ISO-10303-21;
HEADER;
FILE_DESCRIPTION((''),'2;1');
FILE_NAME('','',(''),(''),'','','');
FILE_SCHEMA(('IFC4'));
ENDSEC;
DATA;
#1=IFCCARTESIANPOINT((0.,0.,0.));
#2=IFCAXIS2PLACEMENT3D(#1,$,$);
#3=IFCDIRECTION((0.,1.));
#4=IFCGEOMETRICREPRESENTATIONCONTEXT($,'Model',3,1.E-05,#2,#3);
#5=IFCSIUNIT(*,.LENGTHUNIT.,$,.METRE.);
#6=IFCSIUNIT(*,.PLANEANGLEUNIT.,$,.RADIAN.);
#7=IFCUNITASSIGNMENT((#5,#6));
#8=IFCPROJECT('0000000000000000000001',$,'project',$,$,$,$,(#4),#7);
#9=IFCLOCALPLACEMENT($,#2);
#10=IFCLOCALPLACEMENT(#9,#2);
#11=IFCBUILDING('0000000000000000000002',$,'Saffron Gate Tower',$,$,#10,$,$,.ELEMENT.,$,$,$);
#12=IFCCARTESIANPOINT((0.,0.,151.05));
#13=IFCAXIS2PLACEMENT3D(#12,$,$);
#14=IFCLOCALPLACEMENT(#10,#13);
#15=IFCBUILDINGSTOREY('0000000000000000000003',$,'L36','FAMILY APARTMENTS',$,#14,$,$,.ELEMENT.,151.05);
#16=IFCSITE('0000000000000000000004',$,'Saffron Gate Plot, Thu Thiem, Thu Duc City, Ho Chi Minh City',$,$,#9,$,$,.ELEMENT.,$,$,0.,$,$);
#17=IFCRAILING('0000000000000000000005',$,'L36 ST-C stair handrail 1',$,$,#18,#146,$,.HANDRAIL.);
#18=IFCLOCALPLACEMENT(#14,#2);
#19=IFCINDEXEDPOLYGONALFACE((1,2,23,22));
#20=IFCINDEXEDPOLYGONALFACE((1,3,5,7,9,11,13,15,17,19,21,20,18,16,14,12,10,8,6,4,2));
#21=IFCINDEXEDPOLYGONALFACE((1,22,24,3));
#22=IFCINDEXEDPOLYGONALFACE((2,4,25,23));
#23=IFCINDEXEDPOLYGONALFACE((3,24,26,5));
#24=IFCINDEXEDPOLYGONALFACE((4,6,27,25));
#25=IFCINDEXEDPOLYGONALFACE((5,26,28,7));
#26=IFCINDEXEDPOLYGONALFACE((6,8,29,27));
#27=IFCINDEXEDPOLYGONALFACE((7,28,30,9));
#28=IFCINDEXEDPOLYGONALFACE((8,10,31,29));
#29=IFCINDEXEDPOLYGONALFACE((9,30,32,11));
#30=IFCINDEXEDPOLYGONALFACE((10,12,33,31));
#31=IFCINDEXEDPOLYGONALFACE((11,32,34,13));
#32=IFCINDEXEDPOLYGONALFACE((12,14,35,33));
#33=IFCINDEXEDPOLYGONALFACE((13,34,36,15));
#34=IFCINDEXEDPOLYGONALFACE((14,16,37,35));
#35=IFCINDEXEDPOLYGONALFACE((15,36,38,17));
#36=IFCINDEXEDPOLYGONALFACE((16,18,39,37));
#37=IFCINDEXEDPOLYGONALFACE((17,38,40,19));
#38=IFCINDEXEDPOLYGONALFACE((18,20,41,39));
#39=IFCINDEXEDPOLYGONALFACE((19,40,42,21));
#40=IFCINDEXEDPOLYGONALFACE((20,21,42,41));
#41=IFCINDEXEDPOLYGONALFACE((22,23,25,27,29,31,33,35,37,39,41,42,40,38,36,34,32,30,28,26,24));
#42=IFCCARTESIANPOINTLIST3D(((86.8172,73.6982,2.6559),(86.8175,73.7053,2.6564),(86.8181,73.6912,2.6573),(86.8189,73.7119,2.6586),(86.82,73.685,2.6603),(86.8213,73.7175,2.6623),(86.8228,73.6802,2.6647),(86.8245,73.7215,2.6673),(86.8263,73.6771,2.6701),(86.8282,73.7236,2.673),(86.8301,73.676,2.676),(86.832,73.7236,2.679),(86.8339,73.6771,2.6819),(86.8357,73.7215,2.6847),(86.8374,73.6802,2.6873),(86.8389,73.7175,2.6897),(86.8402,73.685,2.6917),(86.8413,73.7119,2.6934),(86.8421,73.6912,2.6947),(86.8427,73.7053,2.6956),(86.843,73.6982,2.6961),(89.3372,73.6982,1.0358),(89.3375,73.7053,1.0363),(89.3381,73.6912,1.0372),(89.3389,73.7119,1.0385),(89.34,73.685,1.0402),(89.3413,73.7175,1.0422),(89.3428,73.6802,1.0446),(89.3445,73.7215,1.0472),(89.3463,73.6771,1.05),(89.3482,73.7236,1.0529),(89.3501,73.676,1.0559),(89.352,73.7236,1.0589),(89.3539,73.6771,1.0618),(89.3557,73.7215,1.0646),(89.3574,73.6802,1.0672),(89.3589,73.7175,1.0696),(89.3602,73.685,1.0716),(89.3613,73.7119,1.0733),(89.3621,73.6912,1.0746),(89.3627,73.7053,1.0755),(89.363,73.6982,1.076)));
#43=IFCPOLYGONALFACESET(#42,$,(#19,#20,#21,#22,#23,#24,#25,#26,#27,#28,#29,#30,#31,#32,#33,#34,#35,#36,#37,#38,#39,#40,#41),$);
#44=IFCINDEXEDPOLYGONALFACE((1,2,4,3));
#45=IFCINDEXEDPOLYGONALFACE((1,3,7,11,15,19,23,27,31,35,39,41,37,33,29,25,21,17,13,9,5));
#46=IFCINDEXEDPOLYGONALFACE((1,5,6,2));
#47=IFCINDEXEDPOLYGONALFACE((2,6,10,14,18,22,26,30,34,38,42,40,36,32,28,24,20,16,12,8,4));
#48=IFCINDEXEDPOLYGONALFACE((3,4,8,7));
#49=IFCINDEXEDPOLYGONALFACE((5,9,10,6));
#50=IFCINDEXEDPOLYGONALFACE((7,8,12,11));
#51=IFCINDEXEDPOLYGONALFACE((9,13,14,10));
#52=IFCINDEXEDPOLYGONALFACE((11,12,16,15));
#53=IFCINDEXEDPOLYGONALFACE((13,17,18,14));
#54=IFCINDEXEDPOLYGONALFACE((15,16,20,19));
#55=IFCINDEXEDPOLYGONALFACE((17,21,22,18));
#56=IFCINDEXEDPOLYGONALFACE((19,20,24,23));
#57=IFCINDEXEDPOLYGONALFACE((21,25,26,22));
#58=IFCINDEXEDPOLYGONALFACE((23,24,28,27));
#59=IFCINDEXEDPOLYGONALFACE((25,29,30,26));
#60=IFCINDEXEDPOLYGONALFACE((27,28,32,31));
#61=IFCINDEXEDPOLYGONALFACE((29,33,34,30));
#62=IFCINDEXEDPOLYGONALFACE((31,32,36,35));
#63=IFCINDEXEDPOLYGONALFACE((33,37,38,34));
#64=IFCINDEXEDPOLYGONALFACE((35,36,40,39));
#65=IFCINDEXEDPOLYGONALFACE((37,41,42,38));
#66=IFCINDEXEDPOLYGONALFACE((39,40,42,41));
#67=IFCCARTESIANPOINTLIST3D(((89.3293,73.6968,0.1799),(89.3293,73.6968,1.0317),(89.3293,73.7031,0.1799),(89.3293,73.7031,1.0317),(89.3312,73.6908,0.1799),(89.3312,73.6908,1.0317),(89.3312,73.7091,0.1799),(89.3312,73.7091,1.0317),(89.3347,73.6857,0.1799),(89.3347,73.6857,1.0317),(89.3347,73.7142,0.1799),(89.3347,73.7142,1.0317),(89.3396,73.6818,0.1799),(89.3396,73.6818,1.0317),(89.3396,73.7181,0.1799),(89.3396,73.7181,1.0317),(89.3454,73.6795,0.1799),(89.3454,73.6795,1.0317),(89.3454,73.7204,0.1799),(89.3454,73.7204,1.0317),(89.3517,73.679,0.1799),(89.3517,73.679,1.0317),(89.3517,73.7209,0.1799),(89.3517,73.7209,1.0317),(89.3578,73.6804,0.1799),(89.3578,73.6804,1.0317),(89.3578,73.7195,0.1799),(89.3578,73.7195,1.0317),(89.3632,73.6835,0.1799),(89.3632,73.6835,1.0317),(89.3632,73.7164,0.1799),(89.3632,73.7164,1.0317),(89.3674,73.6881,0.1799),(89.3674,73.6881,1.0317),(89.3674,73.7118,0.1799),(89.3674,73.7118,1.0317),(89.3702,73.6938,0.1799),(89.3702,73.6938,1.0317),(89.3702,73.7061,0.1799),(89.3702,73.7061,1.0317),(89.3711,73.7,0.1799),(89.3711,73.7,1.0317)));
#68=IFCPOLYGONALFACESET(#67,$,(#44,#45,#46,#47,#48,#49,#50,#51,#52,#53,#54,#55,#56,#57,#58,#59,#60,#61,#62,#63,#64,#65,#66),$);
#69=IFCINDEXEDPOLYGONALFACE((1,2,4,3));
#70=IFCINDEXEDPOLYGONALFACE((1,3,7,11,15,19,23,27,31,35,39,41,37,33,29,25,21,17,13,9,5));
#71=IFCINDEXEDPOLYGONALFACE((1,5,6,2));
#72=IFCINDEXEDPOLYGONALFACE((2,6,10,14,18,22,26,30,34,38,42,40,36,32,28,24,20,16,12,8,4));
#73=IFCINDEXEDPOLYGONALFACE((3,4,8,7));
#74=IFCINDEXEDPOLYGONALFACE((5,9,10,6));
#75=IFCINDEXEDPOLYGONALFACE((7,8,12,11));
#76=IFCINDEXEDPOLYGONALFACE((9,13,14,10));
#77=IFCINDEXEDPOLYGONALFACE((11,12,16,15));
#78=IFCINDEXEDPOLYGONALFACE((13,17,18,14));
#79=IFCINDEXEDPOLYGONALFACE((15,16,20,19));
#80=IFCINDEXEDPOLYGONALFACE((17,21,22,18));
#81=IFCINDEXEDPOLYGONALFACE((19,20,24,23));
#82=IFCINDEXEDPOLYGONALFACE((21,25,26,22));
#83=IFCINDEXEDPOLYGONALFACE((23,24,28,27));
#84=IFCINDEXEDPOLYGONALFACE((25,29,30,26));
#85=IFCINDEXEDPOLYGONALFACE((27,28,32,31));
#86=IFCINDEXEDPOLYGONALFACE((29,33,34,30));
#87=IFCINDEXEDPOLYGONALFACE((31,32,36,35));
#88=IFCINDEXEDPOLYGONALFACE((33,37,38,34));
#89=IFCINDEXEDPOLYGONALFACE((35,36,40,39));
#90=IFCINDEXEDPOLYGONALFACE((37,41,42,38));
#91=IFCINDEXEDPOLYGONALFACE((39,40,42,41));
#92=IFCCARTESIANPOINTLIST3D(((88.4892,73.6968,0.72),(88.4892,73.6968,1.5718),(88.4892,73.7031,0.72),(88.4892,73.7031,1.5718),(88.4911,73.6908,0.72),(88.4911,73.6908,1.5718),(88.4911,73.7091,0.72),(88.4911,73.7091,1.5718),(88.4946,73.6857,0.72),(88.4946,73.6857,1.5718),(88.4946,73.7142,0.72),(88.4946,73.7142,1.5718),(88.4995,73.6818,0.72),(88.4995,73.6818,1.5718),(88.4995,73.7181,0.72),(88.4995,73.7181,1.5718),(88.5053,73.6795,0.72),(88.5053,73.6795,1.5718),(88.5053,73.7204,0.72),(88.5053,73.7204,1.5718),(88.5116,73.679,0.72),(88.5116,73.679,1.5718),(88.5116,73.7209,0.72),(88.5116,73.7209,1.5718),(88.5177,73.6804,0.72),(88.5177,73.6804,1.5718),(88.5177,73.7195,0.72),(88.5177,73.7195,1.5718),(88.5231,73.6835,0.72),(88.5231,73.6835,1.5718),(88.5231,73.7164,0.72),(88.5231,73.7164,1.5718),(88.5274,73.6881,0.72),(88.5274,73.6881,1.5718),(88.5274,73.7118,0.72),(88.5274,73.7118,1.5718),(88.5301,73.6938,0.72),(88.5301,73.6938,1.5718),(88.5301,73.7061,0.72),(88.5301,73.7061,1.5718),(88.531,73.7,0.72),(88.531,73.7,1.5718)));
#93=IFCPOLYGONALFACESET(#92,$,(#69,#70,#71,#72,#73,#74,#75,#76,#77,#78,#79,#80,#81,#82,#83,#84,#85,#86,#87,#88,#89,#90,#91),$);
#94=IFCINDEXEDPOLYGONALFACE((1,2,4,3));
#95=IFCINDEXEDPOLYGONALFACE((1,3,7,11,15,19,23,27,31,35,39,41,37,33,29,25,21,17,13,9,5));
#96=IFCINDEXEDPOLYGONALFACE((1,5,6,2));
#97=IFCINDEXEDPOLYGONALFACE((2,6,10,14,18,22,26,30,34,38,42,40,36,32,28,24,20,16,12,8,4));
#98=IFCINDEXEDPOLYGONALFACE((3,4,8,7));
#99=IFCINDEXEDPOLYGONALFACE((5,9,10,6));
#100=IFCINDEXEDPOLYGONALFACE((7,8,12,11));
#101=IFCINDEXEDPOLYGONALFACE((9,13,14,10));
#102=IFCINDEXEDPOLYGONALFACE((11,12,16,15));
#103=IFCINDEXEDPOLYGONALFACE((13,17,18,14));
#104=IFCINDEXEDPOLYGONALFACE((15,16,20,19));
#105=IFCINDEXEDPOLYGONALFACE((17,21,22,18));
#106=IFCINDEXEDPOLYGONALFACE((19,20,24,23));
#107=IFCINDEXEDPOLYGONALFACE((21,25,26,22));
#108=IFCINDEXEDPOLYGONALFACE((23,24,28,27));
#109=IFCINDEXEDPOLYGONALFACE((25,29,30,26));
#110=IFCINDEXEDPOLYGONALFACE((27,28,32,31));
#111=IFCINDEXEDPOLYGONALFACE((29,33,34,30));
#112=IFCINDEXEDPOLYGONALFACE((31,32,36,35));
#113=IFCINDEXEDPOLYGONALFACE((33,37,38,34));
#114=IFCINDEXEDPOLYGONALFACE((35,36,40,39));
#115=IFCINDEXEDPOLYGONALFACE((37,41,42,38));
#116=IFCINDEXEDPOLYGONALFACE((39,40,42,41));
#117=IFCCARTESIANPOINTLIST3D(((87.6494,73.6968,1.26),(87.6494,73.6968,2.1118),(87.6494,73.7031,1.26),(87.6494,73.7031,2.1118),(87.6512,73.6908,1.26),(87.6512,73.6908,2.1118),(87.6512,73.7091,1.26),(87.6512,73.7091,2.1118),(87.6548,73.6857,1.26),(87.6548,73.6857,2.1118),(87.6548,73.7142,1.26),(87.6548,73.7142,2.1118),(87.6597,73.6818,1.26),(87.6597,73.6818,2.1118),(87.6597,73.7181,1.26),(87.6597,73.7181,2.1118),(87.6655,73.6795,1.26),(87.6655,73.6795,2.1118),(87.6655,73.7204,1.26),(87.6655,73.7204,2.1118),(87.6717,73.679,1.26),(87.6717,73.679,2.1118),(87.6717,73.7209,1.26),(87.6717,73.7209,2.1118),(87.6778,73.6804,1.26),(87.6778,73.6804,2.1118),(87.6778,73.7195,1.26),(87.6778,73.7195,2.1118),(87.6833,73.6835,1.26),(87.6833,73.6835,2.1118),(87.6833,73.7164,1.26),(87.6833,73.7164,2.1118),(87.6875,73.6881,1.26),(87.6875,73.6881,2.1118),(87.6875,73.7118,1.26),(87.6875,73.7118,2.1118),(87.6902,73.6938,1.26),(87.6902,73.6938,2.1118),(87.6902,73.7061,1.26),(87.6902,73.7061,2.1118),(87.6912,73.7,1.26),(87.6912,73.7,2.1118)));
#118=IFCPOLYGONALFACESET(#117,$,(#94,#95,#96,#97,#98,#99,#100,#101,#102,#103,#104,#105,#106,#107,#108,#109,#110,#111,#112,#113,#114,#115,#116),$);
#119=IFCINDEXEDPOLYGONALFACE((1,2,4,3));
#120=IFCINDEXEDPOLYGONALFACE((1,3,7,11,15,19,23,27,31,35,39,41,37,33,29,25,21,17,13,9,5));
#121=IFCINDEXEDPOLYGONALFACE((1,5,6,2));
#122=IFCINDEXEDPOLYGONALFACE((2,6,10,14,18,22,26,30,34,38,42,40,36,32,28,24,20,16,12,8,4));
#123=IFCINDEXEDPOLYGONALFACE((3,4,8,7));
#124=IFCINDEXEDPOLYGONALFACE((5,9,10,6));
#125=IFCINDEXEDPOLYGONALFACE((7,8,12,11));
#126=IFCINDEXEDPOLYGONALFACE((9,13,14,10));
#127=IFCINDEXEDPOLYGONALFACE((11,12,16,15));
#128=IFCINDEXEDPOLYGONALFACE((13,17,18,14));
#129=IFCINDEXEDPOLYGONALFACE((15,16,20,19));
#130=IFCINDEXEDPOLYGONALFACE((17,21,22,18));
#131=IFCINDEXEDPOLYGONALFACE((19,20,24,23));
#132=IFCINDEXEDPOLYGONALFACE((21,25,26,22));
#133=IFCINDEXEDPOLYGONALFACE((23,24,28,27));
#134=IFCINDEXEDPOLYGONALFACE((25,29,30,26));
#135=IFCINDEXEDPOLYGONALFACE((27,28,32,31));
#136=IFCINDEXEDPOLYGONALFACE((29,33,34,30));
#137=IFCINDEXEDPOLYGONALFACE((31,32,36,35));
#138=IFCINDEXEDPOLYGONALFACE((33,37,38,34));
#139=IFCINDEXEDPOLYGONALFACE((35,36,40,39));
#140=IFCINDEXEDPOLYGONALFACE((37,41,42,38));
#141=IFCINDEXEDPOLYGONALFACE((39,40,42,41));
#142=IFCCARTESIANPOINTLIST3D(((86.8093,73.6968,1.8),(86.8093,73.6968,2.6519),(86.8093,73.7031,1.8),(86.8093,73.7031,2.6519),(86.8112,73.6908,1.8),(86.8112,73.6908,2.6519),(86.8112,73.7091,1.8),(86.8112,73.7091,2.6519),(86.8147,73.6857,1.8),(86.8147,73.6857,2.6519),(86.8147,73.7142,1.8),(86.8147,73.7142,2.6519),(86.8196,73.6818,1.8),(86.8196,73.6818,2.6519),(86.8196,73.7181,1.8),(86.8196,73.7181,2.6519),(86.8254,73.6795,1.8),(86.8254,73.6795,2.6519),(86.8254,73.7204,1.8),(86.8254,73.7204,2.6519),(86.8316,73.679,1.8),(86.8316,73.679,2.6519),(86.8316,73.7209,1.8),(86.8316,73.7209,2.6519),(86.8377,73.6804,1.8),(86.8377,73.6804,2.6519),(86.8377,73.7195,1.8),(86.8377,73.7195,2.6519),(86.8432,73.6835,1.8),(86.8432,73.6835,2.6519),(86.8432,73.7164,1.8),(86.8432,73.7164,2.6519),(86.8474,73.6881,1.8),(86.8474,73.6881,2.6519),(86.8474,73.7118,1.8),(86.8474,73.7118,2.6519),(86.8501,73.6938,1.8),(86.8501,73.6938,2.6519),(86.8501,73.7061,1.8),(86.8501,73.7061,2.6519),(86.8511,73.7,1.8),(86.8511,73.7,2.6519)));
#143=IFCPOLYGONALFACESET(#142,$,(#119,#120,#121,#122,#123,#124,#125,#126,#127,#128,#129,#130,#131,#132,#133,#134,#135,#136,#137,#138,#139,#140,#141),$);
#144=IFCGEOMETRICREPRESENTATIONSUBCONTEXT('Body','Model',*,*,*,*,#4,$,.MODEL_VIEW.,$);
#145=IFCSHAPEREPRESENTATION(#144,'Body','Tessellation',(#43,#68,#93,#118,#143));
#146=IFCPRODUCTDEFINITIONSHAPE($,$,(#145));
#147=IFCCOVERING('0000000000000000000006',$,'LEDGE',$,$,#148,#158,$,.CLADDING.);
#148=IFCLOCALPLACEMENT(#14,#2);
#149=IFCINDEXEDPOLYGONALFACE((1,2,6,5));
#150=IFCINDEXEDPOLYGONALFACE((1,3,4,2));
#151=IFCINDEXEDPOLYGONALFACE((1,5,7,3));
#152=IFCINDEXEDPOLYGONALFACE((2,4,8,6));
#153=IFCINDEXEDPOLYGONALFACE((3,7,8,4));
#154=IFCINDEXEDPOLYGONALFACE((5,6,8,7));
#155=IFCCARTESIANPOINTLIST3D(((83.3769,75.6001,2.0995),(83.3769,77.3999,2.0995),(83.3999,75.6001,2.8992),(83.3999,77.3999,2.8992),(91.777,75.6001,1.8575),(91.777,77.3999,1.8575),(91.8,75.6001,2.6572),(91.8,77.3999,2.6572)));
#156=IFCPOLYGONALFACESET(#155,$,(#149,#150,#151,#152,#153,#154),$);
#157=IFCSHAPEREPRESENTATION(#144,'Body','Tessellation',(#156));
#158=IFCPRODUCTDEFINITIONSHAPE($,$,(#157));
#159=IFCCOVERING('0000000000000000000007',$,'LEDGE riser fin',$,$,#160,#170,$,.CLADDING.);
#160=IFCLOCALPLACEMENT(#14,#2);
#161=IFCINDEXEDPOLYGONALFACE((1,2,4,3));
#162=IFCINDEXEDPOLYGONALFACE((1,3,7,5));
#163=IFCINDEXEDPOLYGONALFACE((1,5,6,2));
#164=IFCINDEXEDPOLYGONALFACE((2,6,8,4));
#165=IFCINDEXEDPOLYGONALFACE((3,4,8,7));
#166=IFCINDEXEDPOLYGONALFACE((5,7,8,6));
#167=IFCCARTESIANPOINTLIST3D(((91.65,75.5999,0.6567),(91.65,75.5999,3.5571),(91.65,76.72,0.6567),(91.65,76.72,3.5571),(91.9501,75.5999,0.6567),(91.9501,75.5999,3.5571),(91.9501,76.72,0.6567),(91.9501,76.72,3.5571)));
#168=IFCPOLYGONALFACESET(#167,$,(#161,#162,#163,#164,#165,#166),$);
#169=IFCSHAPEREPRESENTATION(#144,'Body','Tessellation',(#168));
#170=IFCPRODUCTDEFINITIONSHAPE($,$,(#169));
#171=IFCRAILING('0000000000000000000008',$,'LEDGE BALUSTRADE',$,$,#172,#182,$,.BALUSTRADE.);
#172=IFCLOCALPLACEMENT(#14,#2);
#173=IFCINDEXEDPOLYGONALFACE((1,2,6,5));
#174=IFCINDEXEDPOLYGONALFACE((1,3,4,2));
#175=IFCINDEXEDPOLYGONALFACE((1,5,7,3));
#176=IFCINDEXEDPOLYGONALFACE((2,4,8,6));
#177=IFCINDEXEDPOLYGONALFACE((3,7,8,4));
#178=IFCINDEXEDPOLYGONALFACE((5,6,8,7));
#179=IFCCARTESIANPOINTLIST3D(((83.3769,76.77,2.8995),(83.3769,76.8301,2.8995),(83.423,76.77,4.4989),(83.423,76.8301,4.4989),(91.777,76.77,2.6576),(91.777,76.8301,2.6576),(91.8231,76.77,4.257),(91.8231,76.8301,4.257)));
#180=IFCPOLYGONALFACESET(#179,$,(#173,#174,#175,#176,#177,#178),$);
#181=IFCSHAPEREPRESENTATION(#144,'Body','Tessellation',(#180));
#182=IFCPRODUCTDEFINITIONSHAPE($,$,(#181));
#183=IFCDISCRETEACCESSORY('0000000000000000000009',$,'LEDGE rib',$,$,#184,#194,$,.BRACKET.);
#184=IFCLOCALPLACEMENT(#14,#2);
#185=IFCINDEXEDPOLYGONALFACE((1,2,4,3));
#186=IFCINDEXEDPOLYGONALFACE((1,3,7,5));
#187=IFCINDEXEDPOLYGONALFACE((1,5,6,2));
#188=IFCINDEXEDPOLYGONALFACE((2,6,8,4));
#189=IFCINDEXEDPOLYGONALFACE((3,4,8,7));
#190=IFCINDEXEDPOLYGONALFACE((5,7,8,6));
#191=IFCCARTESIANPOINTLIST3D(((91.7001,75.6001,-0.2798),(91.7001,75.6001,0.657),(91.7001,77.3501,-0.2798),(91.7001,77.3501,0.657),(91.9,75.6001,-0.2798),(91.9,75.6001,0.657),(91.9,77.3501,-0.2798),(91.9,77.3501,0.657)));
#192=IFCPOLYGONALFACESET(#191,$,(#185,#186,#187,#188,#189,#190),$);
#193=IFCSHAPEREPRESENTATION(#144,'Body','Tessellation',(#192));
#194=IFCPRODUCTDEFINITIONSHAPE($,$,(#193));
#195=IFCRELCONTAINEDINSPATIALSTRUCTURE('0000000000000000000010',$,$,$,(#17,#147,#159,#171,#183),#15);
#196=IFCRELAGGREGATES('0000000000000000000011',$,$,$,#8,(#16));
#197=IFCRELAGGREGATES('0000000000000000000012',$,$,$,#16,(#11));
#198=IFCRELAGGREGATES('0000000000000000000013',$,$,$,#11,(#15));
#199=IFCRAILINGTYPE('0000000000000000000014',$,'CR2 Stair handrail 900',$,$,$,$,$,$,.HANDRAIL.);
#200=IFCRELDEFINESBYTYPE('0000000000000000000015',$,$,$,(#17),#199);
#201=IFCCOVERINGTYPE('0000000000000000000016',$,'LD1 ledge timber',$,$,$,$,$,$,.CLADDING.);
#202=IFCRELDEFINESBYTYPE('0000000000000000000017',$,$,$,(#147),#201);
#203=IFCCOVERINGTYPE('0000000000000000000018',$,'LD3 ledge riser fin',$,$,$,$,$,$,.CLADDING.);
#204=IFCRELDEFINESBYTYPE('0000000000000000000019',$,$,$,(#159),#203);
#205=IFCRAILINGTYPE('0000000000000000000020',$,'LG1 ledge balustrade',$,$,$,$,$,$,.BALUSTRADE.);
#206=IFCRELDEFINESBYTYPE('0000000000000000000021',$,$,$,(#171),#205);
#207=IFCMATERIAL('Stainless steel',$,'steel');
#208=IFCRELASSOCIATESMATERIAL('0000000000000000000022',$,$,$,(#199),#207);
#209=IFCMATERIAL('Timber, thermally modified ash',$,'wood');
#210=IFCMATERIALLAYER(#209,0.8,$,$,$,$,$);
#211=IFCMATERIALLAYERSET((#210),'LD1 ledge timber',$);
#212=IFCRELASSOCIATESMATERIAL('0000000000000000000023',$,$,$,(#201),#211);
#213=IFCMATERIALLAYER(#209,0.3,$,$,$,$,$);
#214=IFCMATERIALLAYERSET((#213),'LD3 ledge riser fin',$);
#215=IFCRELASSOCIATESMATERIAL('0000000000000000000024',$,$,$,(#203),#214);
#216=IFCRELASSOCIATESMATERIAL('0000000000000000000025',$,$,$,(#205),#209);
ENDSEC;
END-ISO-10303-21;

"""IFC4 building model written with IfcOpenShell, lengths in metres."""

from ifc_helpers import new_model, si_unit, direction, frame, origin, origin_2d, place, context, subcontext, project, spatial, polyline, rectangle, circle, outline, extrude, material, layer, layer_set, type_object, element, save


model = new_model("IFC4")

# Units and contexts
model_context = context("Model", 3, precision=1e-05, world=origin(), true_north=direction((0.0, 1.0)))
body_context = subcontext(model_context, "Body", "Model", "MODEL_VIEW")
ifc_project = project(units=[si_unit("LENGTHUNIT", "METRE"), si_unit("PLANEANGLEUNIT", "RADIAN")], contexts=[model_context])

# Site, building, storey
site_placement = place(None, origin())
site = spatial("IfcSite", under=ifc_project, at=site_placement, Name="Saffron Gate Plot, Thu Thiem, Thu Duc City, Ho Chi Minh City", CompositionType="ELEMENT", RefElevation=0.0)
building_placement = place(site_placement, origin())
building = spatial("IfcBuilding", under=site, at=building_placement, Name="Saffron Gate Tower", CompositionType="ELEMENT")
storey_placement = place(building_placement, frame((0.0, 0.0, 151.05)))
storey = spatial("IfcBuildingStorey", under=building, at=storey_placement, Name="L36", Description="FAMILY APARTMENTS", CompositionType="ELEMENT", Elevation=151.05)

# Railing
ifc_material_1 = material(Name="Stainless steel", Category="steel")
railing_type_1 = type_object("IfcRailingType", Name="CR2 Stair handrail 900", PredefinedType="HANDRAIL", material=ifc_material_1)
railing_1_placement = place(storey_placement, frame((89.3501, 73.7, 0.1799)))
element("IfcRailing", 1, at=railing_1_placement, inside=storey, type_object=railing_type_1, Name="L36 ST-C stair handrail 1", PredefinedType="HANDRAIL", context=body_context, shape_type="SweptSolid", body=[
    extrude(circle(Radius=0.0239, at=origin_2d()), frame((0.0, 0.0, 0.876), z_axis=(-0.841163, 0.0, 0.540782), x_axis=(0.0, -1.0, 0.0)), (0.0, 0.0, 1.0), 2.9958),
    extrude(circle(Radius=0.021, at=origin_2d()), origin(), (0.0, 0.0, 1.0), 0.8518),
    extrude(circle(Radius=0.021, at=origin_2d()), frame((-0.8401, 0.0, 0.54)), (0.0, 0.0, 1.0), 0.8518),
    extrude(circle(Radius=0.021, at=origin_2d()), frame((-1.6799, 0.0, 1.0801)), (0.0, 0.0, 1.0), 0.8518),
    extrude(circle(Radius=0.021, at=origin_2d()), frame((-2.52, 0.0, 1.6201)), (0.0, 0.0, 1.0), 0.8518),
])

# Coverings
ifc_material_2 = material(Name="Timber, thermally modified ash", Category="wood")
ifc_layer_1 = layer(ifc_material_2, 0.8)
ifc_layer_set_1 = layer_set([ifc_layer_1], Name="LD1 ledge timber")
covering_type_1 = type_object("IfcCoveringType", Name="LD1 ledge timber", PredefinedType="CLADDING", material=ifc_layer_set_1)
covering_1_placement = place(storey_placement, frame((91.8, 75.6001, 2.6572), z_axis=(0.02879, 0.0, 0.999585), x_axis=(-0.999585, 0.0, 0.02879)))
element("IfcCovering", 2, at=covering_1_placement, inside=storey, type_object=covering_type_1, Name="LEDGE", PredefinedType="CLADDING", context=body_context, shape_type="SweptSolid", body=[
    extrude(outline(polyline([(0.0, 0.0), (8.4036, 0.0), (8.4036, -1.7998), (0.0, -1.7998), (0.0, 0.0)])), origin(), (0.0, 0.0, -1.0), 0.8),
])
ifc_layer_2 = layer(ifc_material_2, 0.3)
ifc_layer_set_2 = layer_set([ifc_layer_2], Name="LD3 ledge riser fin")
covering_type_2 = type_object("IfcCoveringType", Name="LD3 ledge riser fin", PredefinedType="CLADDING", material=ifc_layer_set_2)
covering_2_placement = place(storey_placement, frame((91.8, 76.1599, 0.6567), z_axis=(0.0, 0.0, 1.0), x_axis=(-1.0, 0.0, 0.0)))
element("IfcCovering", 3, at=covering_2_placement, inside=storey, type_object=covering_type_2, Name="LEDGE riser fin", PredefinedType="CLADDING", context=body_context, shape_type="SweptSolid", body=[
    extrude(rectangle(XDim=0.3, YDim=1.1201, at=origin_2d()), origin(), (0.0, 0.0, 1.0), 2.9004),
])

# Railing
railing_type_2 = type_object("IfcRailingType", Name="LG1 ledge balustrade", PredefinedType="BALUSTRADE", material=ifc_material_2)
railing_2_placement = place(storey_placement, frame((91.8, 76.8, 2.6572)))
element("IfcRailing", 4, at=railing_2_placement, inside=storey, type_object=railing_type_2, Name="LEDGE BALUSTRADE", PredefinedType="BALUSTRADE", context=body_context, shape_type="SweptSolid", body=[
    extrude(rectangle(XDim=0.0601, YDim=1.6001, at=origin_2d()), frame((0.0, 0.0, 0.8), z_axis=(-0.999585, 0.0, 0.02879), x_axis=(0.0, -1.0, 0.0)), (0.0, 0.0, 1.0), 8.4036),
])

# Discrete accessory
discrete_accessory_placement = place(storey_placement, frame((91.8, 76.4751, -0.2798), z_axis=(0.0, 0.0, 1.0), x_axis=(-1.0, 0.0, 0.0)))
element("IfcDiscreteAccessory", 5, at=discrete_accessory_placement, inside=storey, Name="LEDGE rib", PredefinedType="BRACKET", context=body_context, shape_type="SweptSolid", body=[
    extrude(rectangle(XDim=0.2, YDim=1.75, at=origin_2d()), origin(), (0.0, 0.0, 1.0), 0.9368),
])

save(model, "model.ifc")
